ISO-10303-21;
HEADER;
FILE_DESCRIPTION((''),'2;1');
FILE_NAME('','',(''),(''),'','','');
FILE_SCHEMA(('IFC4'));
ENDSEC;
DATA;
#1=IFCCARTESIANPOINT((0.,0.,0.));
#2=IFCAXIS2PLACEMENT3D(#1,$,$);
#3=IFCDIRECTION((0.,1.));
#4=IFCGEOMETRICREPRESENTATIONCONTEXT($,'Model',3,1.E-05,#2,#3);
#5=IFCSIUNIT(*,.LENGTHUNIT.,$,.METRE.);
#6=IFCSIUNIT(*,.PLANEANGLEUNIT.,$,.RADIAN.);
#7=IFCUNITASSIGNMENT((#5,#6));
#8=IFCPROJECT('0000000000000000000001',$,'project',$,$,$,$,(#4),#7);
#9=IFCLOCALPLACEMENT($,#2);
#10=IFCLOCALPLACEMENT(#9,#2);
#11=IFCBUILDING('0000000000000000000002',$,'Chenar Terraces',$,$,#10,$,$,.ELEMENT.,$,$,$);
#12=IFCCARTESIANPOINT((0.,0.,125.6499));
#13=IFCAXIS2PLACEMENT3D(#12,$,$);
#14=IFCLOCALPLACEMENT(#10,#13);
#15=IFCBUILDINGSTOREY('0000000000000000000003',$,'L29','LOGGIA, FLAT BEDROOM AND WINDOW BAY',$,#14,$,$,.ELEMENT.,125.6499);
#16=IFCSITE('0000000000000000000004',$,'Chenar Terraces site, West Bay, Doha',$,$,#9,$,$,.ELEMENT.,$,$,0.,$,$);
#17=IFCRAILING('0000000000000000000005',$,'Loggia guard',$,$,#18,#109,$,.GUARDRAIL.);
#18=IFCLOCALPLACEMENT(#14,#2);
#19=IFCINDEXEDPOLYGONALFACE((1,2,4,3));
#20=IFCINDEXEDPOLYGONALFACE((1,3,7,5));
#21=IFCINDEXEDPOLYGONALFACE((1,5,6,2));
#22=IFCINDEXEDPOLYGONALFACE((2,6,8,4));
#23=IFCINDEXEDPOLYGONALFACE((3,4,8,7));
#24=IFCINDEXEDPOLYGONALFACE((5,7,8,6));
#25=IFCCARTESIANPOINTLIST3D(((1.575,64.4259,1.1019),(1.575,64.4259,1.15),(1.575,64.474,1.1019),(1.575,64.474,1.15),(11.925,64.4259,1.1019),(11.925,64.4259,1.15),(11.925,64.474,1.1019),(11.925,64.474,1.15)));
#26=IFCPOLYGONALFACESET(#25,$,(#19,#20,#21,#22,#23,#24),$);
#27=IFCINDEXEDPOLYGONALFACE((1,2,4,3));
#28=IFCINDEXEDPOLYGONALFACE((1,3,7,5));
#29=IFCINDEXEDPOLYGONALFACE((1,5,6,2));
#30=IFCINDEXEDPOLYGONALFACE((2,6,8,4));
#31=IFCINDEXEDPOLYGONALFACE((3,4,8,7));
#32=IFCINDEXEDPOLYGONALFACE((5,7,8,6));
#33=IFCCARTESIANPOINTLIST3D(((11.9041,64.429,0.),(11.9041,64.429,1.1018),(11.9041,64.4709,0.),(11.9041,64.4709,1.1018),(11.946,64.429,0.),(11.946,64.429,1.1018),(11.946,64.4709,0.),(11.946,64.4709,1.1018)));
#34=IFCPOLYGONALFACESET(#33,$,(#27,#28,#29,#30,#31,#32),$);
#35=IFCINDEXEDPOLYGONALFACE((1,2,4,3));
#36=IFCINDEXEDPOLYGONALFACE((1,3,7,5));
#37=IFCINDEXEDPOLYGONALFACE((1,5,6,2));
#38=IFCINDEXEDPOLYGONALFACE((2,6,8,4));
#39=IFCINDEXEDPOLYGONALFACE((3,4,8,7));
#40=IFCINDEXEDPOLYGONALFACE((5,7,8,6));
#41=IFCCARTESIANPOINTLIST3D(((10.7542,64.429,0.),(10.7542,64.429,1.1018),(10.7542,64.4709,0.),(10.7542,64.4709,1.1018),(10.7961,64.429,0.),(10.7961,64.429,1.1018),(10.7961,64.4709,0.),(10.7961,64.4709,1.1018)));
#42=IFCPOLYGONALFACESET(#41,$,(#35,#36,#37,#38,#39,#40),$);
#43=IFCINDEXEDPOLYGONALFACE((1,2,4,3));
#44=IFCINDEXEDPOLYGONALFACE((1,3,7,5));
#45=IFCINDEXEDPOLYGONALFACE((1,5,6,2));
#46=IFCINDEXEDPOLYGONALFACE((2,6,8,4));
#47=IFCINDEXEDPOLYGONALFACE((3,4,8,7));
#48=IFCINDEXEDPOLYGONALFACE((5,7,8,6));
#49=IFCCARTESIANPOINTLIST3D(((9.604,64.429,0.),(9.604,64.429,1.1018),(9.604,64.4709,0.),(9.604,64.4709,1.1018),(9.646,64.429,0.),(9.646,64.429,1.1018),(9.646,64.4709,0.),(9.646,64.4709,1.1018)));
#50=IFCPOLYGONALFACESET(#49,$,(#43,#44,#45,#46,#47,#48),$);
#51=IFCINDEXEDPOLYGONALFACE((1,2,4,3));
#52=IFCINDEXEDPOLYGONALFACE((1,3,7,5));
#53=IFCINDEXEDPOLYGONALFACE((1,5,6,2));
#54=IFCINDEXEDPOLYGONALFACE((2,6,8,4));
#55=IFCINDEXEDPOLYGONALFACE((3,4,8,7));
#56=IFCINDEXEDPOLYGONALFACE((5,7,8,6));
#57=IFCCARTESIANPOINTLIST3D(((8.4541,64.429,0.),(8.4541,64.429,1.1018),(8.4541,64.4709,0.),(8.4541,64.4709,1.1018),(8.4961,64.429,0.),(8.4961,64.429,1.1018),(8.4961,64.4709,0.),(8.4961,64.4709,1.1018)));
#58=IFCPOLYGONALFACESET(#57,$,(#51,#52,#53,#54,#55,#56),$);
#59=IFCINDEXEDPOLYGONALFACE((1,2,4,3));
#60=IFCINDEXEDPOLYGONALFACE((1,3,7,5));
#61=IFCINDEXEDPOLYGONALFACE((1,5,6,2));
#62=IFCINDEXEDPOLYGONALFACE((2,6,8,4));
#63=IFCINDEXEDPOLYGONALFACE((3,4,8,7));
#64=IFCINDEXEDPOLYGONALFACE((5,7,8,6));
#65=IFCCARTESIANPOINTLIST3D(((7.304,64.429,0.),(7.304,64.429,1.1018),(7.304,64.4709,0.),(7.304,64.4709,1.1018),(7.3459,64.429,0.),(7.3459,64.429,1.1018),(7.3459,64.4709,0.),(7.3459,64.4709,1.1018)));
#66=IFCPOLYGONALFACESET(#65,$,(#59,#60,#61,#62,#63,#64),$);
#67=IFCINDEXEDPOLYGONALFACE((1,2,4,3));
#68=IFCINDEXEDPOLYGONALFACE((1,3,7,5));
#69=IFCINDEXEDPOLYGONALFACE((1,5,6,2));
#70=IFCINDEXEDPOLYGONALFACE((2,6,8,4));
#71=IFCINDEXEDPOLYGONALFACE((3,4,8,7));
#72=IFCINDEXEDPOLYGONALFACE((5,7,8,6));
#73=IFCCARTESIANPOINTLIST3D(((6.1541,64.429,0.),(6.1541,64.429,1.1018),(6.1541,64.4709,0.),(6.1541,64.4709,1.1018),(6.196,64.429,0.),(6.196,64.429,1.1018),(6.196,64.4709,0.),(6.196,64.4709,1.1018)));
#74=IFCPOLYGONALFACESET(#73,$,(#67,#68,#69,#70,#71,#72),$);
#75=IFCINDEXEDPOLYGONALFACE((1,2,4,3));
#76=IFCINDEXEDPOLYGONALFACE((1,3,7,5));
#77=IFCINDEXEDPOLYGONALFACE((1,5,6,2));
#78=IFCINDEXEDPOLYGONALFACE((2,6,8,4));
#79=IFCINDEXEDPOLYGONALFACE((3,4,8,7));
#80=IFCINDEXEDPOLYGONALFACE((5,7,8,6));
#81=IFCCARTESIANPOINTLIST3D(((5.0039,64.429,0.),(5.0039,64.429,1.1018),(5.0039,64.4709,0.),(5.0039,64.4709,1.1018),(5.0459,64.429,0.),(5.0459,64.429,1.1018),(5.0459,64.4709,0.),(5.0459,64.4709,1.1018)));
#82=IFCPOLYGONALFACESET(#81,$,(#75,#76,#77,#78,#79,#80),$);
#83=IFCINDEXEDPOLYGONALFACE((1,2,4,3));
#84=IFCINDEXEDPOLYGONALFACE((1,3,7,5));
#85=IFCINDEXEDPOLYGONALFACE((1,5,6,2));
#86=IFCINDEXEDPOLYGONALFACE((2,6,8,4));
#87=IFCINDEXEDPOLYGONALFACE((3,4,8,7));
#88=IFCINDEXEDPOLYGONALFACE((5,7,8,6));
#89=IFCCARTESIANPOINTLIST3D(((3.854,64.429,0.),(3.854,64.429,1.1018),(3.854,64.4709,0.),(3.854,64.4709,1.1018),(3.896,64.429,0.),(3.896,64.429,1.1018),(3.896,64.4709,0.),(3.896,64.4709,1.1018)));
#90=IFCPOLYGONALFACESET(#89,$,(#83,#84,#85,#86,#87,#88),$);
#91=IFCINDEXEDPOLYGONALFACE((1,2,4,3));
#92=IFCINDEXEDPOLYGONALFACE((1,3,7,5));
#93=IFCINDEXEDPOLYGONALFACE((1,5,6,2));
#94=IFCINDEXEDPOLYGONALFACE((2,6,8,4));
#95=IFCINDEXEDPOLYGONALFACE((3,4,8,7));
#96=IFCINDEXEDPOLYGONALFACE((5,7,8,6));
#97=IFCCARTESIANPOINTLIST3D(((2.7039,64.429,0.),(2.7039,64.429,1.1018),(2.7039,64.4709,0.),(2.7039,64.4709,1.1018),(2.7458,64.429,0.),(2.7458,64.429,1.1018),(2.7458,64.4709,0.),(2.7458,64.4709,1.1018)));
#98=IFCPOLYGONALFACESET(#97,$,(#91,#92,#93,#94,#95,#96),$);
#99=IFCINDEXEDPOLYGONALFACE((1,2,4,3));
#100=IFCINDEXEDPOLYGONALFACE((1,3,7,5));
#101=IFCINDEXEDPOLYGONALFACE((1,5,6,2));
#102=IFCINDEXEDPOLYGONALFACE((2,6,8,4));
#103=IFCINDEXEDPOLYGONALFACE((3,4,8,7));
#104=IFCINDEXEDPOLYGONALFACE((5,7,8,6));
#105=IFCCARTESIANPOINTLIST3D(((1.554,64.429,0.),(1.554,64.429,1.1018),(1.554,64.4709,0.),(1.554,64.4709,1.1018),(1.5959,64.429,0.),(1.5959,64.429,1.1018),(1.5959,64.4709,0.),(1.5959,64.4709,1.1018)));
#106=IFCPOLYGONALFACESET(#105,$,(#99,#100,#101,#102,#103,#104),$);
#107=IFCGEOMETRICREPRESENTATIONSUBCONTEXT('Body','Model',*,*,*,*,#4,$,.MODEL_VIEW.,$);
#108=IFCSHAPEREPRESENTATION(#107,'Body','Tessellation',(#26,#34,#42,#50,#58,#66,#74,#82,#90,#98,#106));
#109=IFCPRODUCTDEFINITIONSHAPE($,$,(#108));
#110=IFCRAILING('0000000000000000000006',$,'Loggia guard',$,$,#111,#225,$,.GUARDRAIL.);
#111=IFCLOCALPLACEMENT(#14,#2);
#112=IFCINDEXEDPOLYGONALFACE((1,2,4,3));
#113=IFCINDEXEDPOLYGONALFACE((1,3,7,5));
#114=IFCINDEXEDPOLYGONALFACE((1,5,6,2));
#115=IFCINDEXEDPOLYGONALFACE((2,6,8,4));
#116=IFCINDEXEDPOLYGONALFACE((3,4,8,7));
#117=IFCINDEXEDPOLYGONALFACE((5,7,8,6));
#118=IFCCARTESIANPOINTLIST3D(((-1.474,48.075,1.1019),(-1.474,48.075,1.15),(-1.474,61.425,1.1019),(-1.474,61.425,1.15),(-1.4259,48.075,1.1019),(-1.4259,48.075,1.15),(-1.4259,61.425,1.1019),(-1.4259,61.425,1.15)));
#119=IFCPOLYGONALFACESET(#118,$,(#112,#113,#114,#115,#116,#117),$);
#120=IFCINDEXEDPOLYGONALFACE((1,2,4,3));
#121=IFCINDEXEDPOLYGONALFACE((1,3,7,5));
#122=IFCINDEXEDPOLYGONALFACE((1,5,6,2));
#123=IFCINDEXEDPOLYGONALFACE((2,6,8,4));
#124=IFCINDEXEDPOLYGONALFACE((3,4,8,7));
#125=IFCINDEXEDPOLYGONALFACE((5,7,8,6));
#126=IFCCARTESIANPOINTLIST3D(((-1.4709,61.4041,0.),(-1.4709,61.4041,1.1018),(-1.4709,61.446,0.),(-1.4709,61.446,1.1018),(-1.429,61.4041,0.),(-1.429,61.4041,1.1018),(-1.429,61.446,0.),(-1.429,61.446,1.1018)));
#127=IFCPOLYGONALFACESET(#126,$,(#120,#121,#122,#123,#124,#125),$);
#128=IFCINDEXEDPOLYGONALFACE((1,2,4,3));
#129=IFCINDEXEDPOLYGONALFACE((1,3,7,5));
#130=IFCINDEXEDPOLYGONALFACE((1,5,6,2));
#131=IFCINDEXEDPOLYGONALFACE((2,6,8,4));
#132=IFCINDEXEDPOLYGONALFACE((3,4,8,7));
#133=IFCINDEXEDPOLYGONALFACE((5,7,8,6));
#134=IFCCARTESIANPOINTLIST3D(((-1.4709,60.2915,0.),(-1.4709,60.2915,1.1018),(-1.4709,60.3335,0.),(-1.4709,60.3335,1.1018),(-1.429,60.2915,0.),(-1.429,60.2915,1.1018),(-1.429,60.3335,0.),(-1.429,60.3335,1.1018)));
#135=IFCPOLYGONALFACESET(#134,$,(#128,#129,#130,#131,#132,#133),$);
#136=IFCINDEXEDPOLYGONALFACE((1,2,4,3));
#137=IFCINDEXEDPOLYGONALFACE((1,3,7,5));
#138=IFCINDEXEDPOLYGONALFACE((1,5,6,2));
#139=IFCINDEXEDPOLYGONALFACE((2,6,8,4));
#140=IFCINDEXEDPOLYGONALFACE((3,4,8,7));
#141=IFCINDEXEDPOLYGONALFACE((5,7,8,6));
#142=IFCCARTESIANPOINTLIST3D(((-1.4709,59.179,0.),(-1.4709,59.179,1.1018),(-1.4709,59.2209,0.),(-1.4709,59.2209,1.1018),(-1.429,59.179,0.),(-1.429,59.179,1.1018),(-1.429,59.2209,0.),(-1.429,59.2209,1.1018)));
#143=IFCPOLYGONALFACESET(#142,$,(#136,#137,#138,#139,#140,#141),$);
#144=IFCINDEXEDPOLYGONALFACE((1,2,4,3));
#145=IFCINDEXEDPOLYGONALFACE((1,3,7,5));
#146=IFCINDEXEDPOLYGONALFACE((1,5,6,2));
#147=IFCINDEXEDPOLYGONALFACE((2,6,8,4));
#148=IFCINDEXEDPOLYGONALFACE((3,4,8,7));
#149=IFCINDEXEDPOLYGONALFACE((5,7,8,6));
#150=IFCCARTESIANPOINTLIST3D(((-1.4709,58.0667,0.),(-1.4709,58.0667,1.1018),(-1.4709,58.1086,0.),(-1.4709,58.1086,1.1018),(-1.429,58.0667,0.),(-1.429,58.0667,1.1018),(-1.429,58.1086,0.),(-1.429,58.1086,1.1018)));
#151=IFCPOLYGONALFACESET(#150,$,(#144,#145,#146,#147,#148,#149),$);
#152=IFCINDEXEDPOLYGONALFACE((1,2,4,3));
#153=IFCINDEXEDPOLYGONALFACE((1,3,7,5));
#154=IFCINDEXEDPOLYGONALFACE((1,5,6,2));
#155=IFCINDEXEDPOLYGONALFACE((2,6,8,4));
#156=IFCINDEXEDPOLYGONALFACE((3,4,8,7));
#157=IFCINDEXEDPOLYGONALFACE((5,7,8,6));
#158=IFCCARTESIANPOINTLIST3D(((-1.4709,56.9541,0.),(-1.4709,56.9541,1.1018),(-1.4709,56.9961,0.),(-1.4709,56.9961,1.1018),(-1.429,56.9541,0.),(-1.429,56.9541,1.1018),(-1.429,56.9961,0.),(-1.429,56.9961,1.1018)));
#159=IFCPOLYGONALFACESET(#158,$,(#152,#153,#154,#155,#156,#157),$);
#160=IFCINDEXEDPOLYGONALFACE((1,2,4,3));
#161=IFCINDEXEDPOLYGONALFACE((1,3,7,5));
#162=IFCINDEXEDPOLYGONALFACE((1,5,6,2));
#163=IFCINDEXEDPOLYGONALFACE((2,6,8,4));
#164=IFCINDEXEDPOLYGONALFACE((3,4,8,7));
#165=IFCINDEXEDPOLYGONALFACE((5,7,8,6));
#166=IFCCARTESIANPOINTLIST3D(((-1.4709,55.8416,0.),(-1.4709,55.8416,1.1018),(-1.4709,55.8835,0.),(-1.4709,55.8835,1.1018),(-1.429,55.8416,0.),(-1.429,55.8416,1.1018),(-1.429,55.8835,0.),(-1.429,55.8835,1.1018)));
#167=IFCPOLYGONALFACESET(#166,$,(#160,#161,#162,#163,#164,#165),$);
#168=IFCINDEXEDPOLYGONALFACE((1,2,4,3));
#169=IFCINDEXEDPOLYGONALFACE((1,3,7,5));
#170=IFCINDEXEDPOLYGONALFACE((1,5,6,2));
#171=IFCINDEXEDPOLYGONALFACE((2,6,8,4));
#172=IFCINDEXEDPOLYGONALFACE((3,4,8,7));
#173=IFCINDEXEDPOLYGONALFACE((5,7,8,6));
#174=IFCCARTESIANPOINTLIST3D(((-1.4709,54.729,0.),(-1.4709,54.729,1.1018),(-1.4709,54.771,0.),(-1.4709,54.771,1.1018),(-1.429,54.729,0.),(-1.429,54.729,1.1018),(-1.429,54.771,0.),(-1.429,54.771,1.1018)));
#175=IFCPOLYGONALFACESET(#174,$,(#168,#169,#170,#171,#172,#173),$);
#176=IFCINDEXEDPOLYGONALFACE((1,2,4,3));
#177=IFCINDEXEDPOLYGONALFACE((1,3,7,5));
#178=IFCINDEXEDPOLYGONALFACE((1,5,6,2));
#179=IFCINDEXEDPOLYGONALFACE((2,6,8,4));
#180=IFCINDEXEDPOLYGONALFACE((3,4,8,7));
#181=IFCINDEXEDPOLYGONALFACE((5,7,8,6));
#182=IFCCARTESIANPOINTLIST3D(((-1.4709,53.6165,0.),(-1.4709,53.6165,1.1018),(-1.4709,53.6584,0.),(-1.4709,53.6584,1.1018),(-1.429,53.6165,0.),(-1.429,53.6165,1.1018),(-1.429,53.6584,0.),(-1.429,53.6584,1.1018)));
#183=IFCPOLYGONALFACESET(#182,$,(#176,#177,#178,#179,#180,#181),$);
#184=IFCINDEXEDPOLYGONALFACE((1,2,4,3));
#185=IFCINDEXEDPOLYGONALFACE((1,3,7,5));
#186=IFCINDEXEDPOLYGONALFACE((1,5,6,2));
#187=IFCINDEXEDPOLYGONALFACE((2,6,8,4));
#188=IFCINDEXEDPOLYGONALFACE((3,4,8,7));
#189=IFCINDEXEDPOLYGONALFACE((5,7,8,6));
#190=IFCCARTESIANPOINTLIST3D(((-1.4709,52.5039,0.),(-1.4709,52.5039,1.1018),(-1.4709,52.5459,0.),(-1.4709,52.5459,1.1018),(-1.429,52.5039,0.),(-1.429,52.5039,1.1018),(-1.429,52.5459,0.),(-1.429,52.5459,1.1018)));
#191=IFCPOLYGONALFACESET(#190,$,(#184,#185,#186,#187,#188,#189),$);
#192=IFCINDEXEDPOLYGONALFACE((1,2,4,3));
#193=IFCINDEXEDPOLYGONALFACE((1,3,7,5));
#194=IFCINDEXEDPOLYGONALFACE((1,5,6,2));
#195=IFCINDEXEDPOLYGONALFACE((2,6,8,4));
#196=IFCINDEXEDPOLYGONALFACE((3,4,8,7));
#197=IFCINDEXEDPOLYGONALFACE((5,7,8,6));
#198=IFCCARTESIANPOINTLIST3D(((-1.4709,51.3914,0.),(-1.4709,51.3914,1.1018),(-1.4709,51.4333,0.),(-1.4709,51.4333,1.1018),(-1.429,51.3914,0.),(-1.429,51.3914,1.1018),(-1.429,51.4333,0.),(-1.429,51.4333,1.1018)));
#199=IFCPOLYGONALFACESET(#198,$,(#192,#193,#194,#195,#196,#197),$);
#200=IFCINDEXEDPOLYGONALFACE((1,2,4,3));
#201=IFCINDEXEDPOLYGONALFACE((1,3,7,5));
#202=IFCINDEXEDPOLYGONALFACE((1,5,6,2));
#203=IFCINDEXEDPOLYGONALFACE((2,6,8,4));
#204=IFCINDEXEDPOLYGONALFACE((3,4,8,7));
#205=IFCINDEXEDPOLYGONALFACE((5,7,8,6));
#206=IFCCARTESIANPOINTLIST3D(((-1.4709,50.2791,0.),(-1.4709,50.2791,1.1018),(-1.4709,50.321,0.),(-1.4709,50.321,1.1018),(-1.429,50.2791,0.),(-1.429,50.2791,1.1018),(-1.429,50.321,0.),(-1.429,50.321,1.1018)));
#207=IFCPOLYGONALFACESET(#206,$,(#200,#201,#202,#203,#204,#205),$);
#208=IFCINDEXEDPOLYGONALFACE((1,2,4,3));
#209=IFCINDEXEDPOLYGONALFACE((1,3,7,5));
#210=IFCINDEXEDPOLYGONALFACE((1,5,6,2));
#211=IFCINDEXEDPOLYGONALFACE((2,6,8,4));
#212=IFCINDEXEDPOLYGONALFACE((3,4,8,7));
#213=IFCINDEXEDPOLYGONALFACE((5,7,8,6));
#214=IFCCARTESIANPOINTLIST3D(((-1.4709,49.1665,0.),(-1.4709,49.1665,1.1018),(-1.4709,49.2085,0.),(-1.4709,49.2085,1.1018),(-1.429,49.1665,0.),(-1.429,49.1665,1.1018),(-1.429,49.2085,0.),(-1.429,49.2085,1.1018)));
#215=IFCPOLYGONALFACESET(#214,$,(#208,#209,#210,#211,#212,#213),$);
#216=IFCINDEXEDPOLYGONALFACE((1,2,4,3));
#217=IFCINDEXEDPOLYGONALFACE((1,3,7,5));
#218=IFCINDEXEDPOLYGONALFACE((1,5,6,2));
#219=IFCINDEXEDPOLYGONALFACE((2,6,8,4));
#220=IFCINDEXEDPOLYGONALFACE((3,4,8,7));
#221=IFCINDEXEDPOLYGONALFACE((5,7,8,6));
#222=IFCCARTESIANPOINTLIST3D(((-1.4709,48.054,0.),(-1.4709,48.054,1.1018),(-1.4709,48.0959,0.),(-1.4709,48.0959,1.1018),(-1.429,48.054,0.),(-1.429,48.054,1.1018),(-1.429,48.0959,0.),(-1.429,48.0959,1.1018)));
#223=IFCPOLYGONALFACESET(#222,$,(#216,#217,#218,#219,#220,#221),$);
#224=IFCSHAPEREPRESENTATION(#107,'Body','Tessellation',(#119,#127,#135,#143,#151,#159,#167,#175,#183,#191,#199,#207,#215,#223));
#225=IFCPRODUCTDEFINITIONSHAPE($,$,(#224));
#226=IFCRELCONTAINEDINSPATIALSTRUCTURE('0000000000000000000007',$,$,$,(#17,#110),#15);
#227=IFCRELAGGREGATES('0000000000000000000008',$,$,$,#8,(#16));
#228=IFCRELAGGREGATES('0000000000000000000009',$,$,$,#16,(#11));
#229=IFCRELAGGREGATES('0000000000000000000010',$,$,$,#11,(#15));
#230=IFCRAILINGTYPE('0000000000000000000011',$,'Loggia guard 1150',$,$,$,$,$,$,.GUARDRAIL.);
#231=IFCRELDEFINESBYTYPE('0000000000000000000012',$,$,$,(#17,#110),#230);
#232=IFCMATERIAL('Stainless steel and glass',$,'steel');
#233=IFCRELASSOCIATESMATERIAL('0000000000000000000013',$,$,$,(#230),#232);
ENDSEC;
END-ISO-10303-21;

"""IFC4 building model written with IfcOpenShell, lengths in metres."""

from ifc_helpers import new_model, si_unit, direction, frame, origin, origin_2d, place, context, subcontext, project, spatial, rectangle, extrude, material, type_object, element, save


model = new_model("IFC4")

# Units and contexts
model_context = context("Model", 3, precision=1e-05, world=origin(), true_north=direction((0.0, 1.0)))
body_context = subcontext(model_context, "Body", "Model", "MODEL_VIEW")
ifc_project = project(units=[si_unit("LENGTHUNIT", "METRE"), si_unit("PLANEANGLEUNIT", "RADIAN")], contexts=[model_context])

# Site, building, storey
site_placement = place(None, origin())
site = spatial("IfcSite", under=ifc_project, at=site_placement, Name="Chenar Terraces site, West Bay, Doha", CompositionType="ELEMENT", RefElevation=0.0)
building_placement = place(site_placement, origin())
building = spatial("IfcBuilding", under=site, at=building_placement, Name="Chenar Terraces", CompositionType="ELEMENT")
storey_placement = place(building_placement, frame((0.0, 0.0, 125.6499)))
storey = spatial("IfcBuildingStorey", under=building, at=storey_placement, Name="L29", Description="LOGGIA, FLAT BEDROOM AND WINDOW BAY", CompositionType="ELEMENT", Elevation=125.6499)

# Railings
ifc_material_1 = material(Name="Stainless steel and glass", Category="steel")
railing_type = type_object("IfcRailingType", Name="Loggia guard 1150", PredefinedType="GUARDRAIL", material=ifc_material_1)
railing_1_placement = place(storey_placement, frame((11.925, 64.45, 0.0)))
element("IfcRailing", 1, at=railing_1_placement, inside=storey, type_object=railing_type, Name="Loggia guard", PredefinedType="GUARDRAIL", context=body_context, shape_type="SweptSolid", body=[
    extrude(rectangle(XDim=0.0481, YDim=0.0481, at=origin_2d()), frame((0.0, 0.0, 1.126), z_axis=(-1.0, 0.0, 0.0), x_axis=(0.0, -1.0, 0.0)), (0.0, 0.0, 1.0), 10.3501),
    extrude(rectangle(XDim=0.042, YDim=0.042, at=origin_2d()), origin(), (0.0, 0.0, 1.0), 1.1018),
    extrude(rectangle(XDim=0.042, YDim=0.042, at=origin_2d()), frame((-1.1499, 0.0, 0.0)), (0.0, 0.0, 1.0), 1.1018),
    extrude(rectangle(XDim=0.042, YDim=0.042, at=origin_2d()), frame((-2.3, 0.0, 0.0)), (0.0, 0.0, 1.0), 1.1018),
    extrude(rectangle(XDim=0.042, YDim=0.042, at=origin_2d()), frame((-3.45, 0.0, 0.0)), (0.0, 0.0, 1.0), 1.1018),
    extrude(rectangle(XDim=0.042, YDim=0.042, at=origin_2d()), frame((-4.6001, 0.0, 0.0)), (0.0, 0.0, 1.0), 1.1018),
    extrude(rectangle(XDim=0.042, YDim=0.042, at=origin_2d()), frame((-5.75, 0.0, 0.0)), (0.0, 0.0, 1.0), 1.1018),
    extrude(rectangle(XDim=0.042, YDim=0.042, at=origin_2d()), frame((-6.9001, 0.0, 0.0)), (0.0, 0.0, 1.0), 1.1018),
    extrude(rectangle(XDim=0.042, YDim=0.042, at=origin_2d()), frame((-8.05, 0.0, 0.0)), (0.0, 0.0, 1.0), 1.1018),
    extrude(rectangle(XDim=0.042, YDim=0.042, at=origin_2d()), frame((-9.2002, 0.0, 0.0)), (0.0, 0.0, 1.0), 1.1018),
    extrude(rectangle(XDim=0.042, YDim=0.042, at=origin_2d()), frame((-10.3501, 0.0, 0.0)), (0.0, 0.0, 1.0), 1.1018),
])
railing_2_placement = place(storey_placement, frame((-1.45, 61.425, 0.0)))
element("IfcRailing", 2, at=railing_2_placement, inside=storey, type_object=railing_type, Name="Loggia guard", PredefinedType="GUARDRAIL", context=body_context, shape_type="SweptSolid", body=[
    extrude(rectangle(XDim=0.0481, YDim=0.0481, at=origin_2d()), frame((0.0, 0.0, 1.126), z_axis=(0.0, -1.0, 0.0), x_axis=(1.0, 0.0, 0.0)), (0.0, 0.0, 1.0), 13.3501),
    extrude(rectangle(XDim=0.042, YDim=0.042, at=origin_2d()), origin(), (0.0, 0.0, 1.0), 1.1018),
    extrude(rectangle(XDim=0.042, YDim=0.042, at=origin_2d()), frame((0.0, -1.1125, 0.0)), (0.0, 0.0, 1.0), 1.1018),
    extrude(rectangle(XDim=0.042, YDim=0.042, at=origin_2d()), frame((0.0, -2.2251, 0.0)), (0.0, 0.0, 1.0), 1.1018),
    extrude(rectangle(XDim=0.042, YDim=0.042, at=origin_2d()), frame((0.0, -3.3374, 0.0)), (0.0, 0.0, 1.0), 1.1018),
    extrude(rectangle(XDim=0.042, YDim=0.042, at=origin_2d()), frame((0.0, -4.45, 0.0)), (0.0, 0.0, 1.0), 1.1018),
    extrude(rectangle(XDim=0.042, YDim=0.042, at=origin_2d()), frame((0.0, -5.5625, 0.0)), (0.0, 0.0, 1.0), 1.1018),
    extrude(rectangle(XDim=0.042, YDim=0.042, at=origin_2d()), frame((0.0, -6.675, 0.0)), (0.0, 0.0, 1.0), 1.1018),
    extrude(rectangle(XDim=0.042, YDim=0.042, at=origin_2d()), frame((0.0, -7.7876, 0.0)), (0.0, 0.0, 1.0), 1.1018),
    extrude(rectangle(XDim=0.042, YDim=0.042, at=origin_2d()), frame((0.0, -8.9001, 0.0)), (0.0, 0.0, 1.0), 1.1018),
    extrude(rectangle(XDim=0.042, YDim=0.042, at=origin_2d()), frame((0.0, -10.0127, 0.0)), (0.0, 0.0, 1.0), 1.1018),
    extrude(rectangle(XDim=0.042, YDim=0.042, at=origin_2d()), frame((0.0, -11.125, 0.0)), (0.0, 0.0, 1.0), 1.1018),
    extrude(rectangle(XDim=0.042, YDim=0.042, at=origin_2d()), frame((0.0, -12.2375, 0.0)), (0.0, 0.0, 1.0), 1.1018),
    extrude(rectangle(XDim=0.042, YDim=0.042, at=origin_2d()), frame((0.0, -13.3501, 0.0)), (0.0, 0.0, 1.0), 1.1018),
])

save(model, "model.ifc")
